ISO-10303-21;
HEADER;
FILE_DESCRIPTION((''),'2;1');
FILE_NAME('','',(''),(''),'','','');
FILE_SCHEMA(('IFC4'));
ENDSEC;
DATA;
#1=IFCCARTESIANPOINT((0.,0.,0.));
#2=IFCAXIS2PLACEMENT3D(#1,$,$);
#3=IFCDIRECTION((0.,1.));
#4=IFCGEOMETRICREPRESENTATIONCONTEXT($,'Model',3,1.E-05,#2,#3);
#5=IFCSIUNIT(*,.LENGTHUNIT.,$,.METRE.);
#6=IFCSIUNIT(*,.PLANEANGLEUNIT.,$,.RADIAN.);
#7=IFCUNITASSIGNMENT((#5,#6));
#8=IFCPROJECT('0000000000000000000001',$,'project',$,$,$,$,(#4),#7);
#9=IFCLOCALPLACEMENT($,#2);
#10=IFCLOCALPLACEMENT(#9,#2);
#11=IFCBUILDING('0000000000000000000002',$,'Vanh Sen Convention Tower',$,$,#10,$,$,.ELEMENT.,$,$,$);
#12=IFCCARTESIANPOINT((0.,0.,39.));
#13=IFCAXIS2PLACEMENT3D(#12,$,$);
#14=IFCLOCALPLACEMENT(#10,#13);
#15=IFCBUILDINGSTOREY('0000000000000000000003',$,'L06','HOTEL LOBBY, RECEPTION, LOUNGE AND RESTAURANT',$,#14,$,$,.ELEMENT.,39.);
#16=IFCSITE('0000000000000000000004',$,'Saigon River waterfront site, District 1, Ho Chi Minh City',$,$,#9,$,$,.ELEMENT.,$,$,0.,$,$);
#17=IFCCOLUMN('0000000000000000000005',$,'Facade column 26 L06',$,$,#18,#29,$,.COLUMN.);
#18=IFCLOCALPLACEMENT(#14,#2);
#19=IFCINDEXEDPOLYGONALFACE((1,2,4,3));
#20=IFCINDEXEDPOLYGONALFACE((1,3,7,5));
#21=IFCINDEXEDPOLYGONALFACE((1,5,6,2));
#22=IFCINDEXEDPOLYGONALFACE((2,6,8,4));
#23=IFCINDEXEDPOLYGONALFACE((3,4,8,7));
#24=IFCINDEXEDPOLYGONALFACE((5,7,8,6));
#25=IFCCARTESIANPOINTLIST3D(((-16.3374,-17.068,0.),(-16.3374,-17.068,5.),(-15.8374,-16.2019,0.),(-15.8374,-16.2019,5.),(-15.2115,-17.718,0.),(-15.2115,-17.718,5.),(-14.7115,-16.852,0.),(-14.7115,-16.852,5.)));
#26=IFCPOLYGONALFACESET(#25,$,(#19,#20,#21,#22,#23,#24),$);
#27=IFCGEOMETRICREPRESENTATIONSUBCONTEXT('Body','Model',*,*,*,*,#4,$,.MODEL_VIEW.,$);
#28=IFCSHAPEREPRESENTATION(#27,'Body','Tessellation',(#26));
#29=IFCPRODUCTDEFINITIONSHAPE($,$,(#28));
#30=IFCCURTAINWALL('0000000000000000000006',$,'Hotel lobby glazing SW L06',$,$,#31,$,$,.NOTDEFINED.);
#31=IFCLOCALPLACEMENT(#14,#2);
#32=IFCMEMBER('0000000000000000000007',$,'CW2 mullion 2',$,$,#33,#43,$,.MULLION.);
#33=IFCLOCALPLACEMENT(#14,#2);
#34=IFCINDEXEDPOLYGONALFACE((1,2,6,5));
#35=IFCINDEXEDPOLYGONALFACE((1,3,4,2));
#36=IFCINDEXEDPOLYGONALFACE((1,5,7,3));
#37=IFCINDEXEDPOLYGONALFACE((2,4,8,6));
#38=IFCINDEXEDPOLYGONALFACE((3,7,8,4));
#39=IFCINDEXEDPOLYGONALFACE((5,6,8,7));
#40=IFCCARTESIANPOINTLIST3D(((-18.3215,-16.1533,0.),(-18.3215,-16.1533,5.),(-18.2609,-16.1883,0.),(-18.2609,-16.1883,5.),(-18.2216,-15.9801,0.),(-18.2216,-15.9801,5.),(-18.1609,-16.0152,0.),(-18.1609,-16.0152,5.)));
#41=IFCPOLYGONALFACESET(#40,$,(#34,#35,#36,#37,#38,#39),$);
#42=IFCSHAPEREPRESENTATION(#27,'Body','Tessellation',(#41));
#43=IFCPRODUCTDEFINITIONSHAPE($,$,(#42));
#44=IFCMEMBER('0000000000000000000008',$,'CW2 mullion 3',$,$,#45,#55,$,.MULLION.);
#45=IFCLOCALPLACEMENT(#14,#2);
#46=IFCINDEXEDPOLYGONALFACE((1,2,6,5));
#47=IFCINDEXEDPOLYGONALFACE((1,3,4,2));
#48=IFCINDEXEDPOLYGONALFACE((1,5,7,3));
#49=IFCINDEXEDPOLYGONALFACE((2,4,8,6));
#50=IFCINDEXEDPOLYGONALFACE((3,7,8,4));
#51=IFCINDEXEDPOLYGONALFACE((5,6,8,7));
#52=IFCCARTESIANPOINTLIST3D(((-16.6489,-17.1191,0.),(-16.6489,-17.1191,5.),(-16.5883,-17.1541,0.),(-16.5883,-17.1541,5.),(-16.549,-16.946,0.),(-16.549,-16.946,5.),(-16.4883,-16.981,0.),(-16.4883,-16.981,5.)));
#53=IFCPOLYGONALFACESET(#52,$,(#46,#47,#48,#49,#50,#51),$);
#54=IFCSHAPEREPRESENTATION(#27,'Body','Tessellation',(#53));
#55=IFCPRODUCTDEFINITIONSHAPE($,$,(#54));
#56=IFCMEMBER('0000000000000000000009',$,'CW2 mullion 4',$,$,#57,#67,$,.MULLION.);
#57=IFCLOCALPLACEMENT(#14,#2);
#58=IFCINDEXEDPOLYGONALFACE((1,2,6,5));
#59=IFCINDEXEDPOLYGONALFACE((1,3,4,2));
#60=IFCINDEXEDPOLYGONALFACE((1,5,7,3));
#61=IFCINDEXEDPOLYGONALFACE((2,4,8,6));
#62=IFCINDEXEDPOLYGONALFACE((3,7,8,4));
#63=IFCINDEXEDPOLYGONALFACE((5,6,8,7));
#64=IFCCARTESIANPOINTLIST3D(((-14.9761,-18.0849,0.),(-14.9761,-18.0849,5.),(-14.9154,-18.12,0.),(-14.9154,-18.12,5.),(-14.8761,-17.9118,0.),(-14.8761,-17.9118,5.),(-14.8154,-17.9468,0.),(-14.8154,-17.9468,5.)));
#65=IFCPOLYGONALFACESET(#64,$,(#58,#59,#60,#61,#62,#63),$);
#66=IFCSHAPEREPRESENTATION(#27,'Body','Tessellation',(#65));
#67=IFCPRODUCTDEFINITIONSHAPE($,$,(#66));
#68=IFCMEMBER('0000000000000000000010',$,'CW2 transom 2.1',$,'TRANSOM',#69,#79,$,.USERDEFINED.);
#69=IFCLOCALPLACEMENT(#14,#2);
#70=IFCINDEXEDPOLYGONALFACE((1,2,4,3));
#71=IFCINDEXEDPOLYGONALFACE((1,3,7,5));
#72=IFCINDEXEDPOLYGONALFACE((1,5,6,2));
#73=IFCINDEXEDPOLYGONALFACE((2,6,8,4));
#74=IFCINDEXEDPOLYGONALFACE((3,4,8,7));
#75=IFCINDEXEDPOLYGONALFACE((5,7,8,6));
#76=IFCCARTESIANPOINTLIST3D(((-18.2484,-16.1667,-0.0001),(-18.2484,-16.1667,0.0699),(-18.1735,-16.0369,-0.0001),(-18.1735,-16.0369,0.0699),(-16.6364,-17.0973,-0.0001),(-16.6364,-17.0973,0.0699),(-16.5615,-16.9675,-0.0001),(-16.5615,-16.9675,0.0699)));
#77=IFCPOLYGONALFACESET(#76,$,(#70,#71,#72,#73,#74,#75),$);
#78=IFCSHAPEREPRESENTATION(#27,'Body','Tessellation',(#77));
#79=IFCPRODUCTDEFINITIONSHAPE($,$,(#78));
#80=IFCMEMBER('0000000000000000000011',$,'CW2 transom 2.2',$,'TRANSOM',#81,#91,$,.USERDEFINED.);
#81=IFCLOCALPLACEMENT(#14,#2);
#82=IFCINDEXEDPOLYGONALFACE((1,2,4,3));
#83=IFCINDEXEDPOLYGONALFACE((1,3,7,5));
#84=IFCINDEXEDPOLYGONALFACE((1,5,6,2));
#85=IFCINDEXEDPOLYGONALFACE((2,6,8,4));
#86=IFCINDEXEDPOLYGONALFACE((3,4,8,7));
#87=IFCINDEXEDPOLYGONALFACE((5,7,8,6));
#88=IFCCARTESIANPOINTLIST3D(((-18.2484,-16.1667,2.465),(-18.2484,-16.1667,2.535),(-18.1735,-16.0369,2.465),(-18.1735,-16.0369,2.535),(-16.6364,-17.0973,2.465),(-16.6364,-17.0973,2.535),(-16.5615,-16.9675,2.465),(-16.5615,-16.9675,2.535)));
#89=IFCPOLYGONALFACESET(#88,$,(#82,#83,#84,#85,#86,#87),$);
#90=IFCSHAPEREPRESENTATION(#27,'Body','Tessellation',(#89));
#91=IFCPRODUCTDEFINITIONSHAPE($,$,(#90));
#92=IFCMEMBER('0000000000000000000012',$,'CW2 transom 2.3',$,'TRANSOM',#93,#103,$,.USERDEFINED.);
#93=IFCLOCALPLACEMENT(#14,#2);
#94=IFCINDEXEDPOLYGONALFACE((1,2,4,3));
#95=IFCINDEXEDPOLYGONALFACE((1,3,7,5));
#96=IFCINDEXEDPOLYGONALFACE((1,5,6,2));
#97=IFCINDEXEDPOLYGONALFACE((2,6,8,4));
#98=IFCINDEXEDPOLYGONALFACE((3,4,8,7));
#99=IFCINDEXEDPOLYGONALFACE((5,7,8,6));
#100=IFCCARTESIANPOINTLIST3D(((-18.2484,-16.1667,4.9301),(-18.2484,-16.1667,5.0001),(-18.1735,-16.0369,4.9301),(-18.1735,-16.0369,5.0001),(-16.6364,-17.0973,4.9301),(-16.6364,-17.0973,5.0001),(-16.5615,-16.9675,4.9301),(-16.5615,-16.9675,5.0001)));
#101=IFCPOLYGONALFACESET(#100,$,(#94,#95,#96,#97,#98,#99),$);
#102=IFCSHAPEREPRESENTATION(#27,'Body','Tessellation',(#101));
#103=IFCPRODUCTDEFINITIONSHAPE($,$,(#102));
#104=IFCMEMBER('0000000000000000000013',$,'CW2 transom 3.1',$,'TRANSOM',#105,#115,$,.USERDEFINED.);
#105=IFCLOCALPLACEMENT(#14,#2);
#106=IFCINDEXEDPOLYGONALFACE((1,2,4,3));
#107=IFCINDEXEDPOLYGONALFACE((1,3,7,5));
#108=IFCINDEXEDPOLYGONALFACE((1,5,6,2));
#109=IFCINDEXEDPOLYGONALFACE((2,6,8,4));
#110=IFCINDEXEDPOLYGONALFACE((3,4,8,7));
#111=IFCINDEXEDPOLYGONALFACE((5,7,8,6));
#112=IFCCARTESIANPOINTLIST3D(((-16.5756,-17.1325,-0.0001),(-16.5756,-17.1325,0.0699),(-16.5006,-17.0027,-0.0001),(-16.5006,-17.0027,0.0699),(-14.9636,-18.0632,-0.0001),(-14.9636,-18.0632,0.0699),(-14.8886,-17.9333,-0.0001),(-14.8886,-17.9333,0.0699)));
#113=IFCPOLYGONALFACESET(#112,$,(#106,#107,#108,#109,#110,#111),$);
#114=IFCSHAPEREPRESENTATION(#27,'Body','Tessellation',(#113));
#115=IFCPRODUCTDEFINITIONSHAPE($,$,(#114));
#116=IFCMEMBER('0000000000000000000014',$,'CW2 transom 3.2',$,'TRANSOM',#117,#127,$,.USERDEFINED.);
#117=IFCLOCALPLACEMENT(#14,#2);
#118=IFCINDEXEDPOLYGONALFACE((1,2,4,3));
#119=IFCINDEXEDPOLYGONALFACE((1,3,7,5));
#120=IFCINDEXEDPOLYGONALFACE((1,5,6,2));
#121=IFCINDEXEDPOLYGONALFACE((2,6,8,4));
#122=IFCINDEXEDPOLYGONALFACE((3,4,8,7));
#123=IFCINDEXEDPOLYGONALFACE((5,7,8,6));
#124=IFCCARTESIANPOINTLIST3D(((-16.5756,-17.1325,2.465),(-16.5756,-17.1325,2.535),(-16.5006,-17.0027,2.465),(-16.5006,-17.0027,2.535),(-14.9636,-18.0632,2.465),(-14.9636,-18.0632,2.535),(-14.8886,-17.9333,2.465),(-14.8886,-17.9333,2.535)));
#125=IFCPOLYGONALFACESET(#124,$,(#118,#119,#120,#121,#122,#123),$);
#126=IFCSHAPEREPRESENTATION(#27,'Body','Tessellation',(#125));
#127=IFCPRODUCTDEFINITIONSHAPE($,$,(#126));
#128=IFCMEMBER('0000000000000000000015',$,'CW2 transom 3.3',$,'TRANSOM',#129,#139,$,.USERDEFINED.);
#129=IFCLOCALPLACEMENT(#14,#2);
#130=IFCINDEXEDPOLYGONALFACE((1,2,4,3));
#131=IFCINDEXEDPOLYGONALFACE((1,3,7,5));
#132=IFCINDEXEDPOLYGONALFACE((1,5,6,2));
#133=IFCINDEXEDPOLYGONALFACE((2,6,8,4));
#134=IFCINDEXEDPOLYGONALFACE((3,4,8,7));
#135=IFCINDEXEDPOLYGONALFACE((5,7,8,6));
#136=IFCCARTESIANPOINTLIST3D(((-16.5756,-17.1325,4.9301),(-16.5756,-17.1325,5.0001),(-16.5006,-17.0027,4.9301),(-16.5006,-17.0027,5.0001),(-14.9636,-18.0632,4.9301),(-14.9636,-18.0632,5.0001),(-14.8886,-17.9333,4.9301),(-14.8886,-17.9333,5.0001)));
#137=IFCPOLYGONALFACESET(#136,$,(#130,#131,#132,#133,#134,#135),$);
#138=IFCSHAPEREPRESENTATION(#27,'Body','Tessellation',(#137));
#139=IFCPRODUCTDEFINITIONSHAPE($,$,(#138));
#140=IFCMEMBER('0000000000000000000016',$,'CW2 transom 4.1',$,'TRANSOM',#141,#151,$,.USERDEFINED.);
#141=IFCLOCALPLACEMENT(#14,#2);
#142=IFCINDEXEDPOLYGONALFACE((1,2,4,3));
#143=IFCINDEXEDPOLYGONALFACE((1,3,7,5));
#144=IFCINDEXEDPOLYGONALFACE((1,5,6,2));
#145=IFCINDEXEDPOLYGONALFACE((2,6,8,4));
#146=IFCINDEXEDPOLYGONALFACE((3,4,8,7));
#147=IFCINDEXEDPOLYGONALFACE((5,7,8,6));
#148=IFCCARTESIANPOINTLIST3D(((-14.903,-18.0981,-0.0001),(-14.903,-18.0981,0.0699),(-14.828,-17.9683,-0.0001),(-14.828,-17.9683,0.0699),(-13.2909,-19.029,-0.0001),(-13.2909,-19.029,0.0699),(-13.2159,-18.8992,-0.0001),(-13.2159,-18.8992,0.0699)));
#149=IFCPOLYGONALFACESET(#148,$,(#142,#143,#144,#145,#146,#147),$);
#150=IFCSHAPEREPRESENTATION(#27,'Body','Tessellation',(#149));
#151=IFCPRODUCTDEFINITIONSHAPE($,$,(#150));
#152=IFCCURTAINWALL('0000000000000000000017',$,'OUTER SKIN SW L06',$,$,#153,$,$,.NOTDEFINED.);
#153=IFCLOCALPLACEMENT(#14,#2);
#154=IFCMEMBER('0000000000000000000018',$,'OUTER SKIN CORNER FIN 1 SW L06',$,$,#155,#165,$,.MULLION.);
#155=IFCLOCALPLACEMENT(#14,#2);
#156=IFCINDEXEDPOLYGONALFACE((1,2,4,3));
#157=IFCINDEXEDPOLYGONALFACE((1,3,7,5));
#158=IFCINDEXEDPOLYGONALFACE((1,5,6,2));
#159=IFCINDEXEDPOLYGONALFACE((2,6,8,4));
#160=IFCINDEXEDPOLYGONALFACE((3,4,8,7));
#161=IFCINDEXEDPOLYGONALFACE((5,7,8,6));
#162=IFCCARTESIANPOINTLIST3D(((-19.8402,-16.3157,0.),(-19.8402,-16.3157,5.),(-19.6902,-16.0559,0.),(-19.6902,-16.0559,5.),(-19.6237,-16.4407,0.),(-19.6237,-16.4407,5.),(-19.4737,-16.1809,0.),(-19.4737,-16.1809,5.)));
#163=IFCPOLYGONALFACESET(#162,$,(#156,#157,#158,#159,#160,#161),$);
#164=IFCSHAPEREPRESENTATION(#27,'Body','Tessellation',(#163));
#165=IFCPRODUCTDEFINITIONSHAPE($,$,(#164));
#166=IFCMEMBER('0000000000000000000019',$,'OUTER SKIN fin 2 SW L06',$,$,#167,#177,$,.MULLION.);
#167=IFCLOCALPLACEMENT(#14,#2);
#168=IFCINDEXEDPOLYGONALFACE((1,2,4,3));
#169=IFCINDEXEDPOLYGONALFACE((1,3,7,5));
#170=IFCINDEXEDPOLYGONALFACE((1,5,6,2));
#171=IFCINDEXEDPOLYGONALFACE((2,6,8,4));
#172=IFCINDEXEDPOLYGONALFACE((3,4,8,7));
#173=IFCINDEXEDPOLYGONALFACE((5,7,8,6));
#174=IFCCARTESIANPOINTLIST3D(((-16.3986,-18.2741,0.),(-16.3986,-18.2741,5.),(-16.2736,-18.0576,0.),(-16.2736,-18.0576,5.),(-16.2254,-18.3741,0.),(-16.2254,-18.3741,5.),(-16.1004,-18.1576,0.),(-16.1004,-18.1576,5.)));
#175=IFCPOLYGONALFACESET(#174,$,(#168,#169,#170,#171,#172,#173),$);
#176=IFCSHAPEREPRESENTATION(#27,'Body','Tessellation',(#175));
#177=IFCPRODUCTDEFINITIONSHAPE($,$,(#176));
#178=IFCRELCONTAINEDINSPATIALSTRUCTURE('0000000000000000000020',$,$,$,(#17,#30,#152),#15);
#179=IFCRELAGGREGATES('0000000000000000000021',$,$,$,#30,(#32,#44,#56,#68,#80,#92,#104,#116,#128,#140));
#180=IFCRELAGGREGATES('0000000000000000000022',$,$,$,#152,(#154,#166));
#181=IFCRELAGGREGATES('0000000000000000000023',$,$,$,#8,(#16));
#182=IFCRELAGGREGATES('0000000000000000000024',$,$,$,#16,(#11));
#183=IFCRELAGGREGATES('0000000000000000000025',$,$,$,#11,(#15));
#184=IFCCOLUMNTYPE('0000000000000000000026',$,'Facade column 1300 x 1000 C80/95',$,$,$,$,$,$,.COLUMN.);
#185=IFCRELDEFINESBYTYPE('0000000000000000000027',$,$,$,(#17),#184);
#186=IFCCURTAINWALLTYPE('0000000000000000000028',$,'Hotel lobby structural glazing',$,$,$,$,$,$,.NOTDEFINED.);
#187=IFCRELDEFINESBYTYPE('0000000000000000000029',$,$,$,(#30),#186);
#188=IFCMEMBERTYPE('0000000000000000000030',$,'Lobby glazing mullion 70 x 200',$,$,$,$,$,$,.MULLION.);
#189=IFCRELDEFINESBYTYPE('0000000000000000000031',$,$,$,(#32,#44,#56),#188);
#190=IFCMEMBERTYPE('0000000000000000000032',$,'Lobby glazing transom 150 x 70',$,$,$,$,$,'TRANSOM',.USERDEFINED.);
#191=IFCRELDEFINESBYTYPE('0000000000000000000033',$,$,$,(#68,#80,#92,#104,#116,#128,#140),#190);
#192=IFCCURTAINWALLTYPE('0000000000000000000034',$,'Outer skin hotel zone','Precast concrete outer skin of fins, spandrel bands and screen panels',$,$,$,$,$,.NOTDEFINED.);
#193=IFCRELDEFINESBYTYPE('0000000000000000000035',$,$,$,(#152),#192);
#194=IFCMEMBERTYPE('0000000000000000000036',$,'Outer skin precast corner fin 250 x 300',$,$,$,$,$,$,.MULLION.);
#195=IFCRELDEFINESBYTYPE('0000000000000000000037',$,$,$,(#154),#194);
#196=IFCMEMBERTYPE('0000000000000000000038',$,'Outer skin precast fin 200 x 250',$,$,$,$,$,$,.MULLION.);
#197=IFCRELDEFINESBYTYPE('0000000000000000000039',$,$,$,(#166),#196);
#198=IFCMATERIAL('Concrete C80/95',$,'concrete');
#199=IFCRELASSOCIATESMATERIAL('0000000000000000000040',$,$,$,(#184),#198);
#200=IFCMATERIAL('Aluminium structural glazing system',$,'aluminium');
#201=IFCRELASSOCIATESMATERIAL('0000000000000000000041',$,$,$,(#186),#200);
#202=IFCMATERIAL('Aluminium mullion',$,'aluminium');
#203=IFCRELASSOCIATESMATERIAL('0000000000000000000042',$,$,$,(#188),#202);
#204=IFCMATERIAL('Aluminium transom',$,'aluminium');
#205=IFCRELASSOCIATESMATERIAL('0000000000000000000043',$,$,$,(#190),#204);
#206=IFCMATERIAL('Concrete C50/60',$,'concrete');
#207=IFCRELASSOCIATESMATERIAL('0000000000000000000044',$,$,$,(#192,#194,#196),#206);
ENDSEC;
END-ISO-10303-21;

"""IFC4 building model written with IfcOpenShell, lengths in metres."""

from ifc_helpers import new_model, si_unit, direction, frame, origin, origin_2d, place, context, subcontext, project, spatial, rectangle, extrude, material, material_profile, profile_set, type_object, element, aggregate, save


model = new_model("IFC4")

# Units and contexts
model_context = context("Model", 3, precision=1e-05, world=origin(), true_north=direction((0.0, 1.0)))
body_context = subcontext(model_context, "Body", "Model", "MODEL_VIEW")
ifc_project = project(units=[si_unit("LENGTHUNIT", "METRE"), si_unit("PLANEANGLEUNIT", "RADIAN")], contexts=[model_context])

# Site, building, storey
site_placement = place(None, origin())
site = spatial("IfcSite", under=ifc_project, at=site_placement, Name="Saigon River waterfront site, District 1, Ho Chi Minh City", CompositionType="ELEMENT", RefElevation=0.0)
building_placement = place(site_placement, origin())
building = spatial("IfcBuilding", under=site, at=building_placement, Name="Vanh Sen Convention Tower", CompositionType="ELEMENT")
storey_placement = place(building_placement, frame((0.0, 0.0, 39.0)))
storey = spatial("IfcBuildingStorey", under=building, at=storey_placement, Name="L06", Description="HOTEL LOBBY, RECEPTION, LOUNGE AND RESTAURANT", CompositionType="ELEMENT", Elevation=39.0)

# Column
ifc_material_1 = material(Name="Concrete C80/95", Category="concrete")
ifc_material_profile_1 = material_profile(ifc_material_1, rectangle(XDim=1.3, YDim=1.0, at=origin_2d()), Name="RC 1300X1000")
ifc_profile_set_1 = profile_set([ifc_material_profile_1], Name="Concrete C80/95")
column_type = type_object("IfcColumnType", Name="Facade column 1300 x 1000 C80/95", PredefinedType="COLUMN", material=ifc_profile_set_1)
column_placement = place(storey_placement, frame((-15.5244, -16.96, 0.0), z_axis=(0.0, 0.0, 1.0), x_axis=(0.866025, -0.5, 0.0)))
element("IfcColumn", 1, at=column_placement, inside=storey, type_object=column_type, Name="Facade column 26 L06", PredefinedType="COLUMN", context=body_context, shape_type="SweptSolid", body=[
    extrude(rectangle(XDim=1.3, YDim=1.0, at=origin_2d()), origin(), (0.0, 0.0, 1.0), 5.0),
])

# Curtain walls, members
ifc_material_2 = material(Name="Aluminium structural glazing system", Category="aluminium")
curtain_wall_type_1 = type_object("IfcCurtainWallType", Name="Hotel lobby structural glazing", PredefinedType="NOTDEFINED", material=ifc_material_2)
curtain_wall_1_placement = place(storey_placement, origin())
curtain_wall_1 = element("IfcCurtainWall", 2, at=curtain_wall_1_placement, inside=storey, type_object=curtain_wall_type_1, Name="Hotel lobby glazing SW L06", PredefinedType="NOTDEFINED")
ifc_material_3 = material(Name="Aluminium mullion", Category="aluminium")
ifc_material_profile_2 = material_profile(ifc_material_3, rectangle(XDim=0.2, YDim=0.0701, at=origin_2d()), Name="Lobby glazing mullion 70 x 200")
ifc_profile_set_2 = profile_set([ifc_material_profile_2], Name="Aluminium mullion")
member_type_1 = type_object("IfcMemberType", Name="Lobby glazing mullion 70 x 200", PredefinedType="MULLION", material=ifc_profile_set_2)
member_1_placement = place(storey_placement, frame((-18.2412, -16.0842, 0.0), z_axis=(0.0, 0.0, 1.0), x_axis=(0.499997, 0.866027, 0.0)))
member_1 = element("IfcMember", 3, at=member_1_placement, type_object=member_type_1, Name="CW2 mullion 2", PredefinedType="MULLION", context=body_context, shape_type="SweptSolid", body=[
    extrude(rectangle(XDim=0.2, YDim=0.0701, at=origin_2d()), origin(), (0.0, 0.0, 1.0), 5.0),
])
member_2_placement = place(storey_placement, frame((-16.5686, -17.05, 0.0), z_axis=(0.0, 0.0, 1.0), x_axis=(0.499997, 0.866027, 0.0)))
member_2 = element("IfcMember", 4, at=member_2_placement, type_object=member_type_1, Name="CW2 mullion 3", PredefinedType="MULLION", context=body_context, shape_type="SweptSolid", body=[
    extrude(rectangle(XDim=0.2, YDim=0.0701, at=origin_2d()), origin(), (0.0, 0.0, 1.0), 5.0),
])
member_3_placement = place(storey_placement, frame((-14.8958, -18.0159, 0.0), z_axis=(0.0, 0.0, 1.0), x_axis=(0.499997, 0.866027, 0.0)))
member_3 = element("IfcMember", 5, at=member_3_placement, type_object=member_type_1, Name="CW2 mullion 4", PredefinedType="MULLION", context=body_context, shape_type="SweptSolid", body=[
    extrude(rectangle(XDim=0.2, YDim=0.0701, at=origin_2d()), origin(), (0.0, 0.0, 1.0), 5.0),
])
ifc_material_4 = material(Name="Aluminium transom", Category="aluminium")
ifc_material_profile_3 = material_profile(ifc_material_4, rectangle(XDim=0.1499, YDim=0.0701, at=origin_2d()), Name="Lobby glazing transom 150 x 70")
ifc_profile_set_3 = profile_set([ifc_material_profile_3], Name="Aluminium transom")
member_type_2 = type_object("IfcMemberType", Name="Lobby glazing transom 150 x 70", ElementType="TRANSOM", PredefinedType="USERDEFINED", material=ifc_profile_set_3)
member_4_placement = place(storey_placement, frame((-18.2109, -16.1018, 0.0349), z_axis=(0.866039, -0.499976, 0.0), x_axis=(0.499976, 0.866039, 0.0)))
member_4 = element("IfcMember", 6, at=member_4_placement, type_object=member_type_2, Name="CW2 transom 2.1", ObjectType="TRANSOM", PredefinedType="USERDEFINED", context=body_context, shape_type="SweptSolid", body=[
    extrude(rectangle(XDim=0.1499, YDim=0.0701, at=origin_2d()), origin(), (0.0, 0.0, 1.0), 1.8613),
])
member_5_placement = place(storey_placement, frame((-18.2109, -16.1018, 2.5), z_axis=(0.866039, -0.499976, 0.0), x_axis=(0.499976, 0.866039, 0.0)))
member_5 = element("IfcMember", 7, at=member_5_placement, type_object=member_type_2, Name="CW2 transom 2.2", ObjectType="TRANSOM", PredefinedType="USERDEFINED", context=body_context, shape_type="SweptSolid", body=[
    extrude(rectangle(XDim=0.1499, YDim=0.0701, at=origin_2d()), origin(), (0.0, 0.0, 1.0), 1.8613),
])
member_6_placement = place(storey_placement, frame((-18.2109, -16.1018, 4.9651), z_axis=(0.866039, -0.499976, 0.0), x_axis=(0.499976, 0.866039, 0.0)))
member_6 = element("IfcMember", 8, at=member_6_placement, type_object=member_type_2, Name="CW2 transom 2.3", ObjectType="TRANSOM", PredefinedType="USERDEFINED", context=body_context, shape_type="SweptSolid", body=[
    extrude(rectangle(XDim=0.1499, YDim=0.0701, at=origin_2d()), origin(), (0.0, 0.0, 1.0), 1.8613),
])
member_7_placement = place(storey_placement, frame((-16.5381, -17.0676, 0.0349), z_axis=(0.866039, -0.499976, 0.0), x_axis=(0.499976, 0.866039, 0.0)))
member_7 = element("IfcMember", 9, at=member_7_placement, type_object=member_type_2, Name="CW2 transom 3.1", ObjectType="TRANSOM", PredefinedType="USERDEFINED", context=body_context, shape_type="SweptSolid", body=[
    extrude(rectangle(XDim=0.1499, YDim=0.0701, at=origin_2d()), origin(), (0.0, 0.0, 1.0), 1.8613),
])
member_8_placement = place(storey_placement, frame((-16.5381, -17.0676, 2.5), z_axis=(0.866039, -0.499976, 0.0), x_axis=(0.499976, 0.866039, 0.0)))
member_8 = element("IfcMember", 10, at=member_8_placement, type_object=member_type_2, Name="CW2 transom 3.2", ObjectType="TRANSOM", PredefinedType="USERDEFINED", context=body_context, shape_type="SweptSolid", body=[
    extrude(rectangle(XDim=0.1499, YDim=0.0701, at=origin_2d()), origin(), (0.0, 0.0, 1.0), 1.8613),
])
member_9_placement = place(storey_placement, frame((-16.5381, -17.0676, 4.9651), z_axis=(0.866039, -0.499976, 0.0), x_axis=(0.499976, 0.866039, 0.0)))
member_9 = element("IfcMember", 11, at=member_9_placement, type_object=member_type_2, Name="CW2 transom 3.3", ObjectType="TRANSOM", PredefinedType="USERDEFINED", context=body_context, shape_type="SweptSolid", body=[
    extrude(rectangle(XDim=0.1499, YDim=0.0701, at=origin_2d()), origin(), (0.0, 0.0, 1.0), 1.8613),
])
member_10_placement = place(storey_placement, frame((-14.8655, -18.0332, 0.0349), z_axis=(0.865982, -0.500074, 0.0), x_axis=(0.500074, 0.865982, 0.0)))
member_10 = element("IfcMember", 12, at=member_10_placement, type_object=member_type_2, Name="CW2 transom 4.1", ObjectType="TRANSOM", PredefinedType="USERDEFINED", context=body_context, shape_type="SweptSolid", body=[
    extrude(rectangle(XDim=0.1499, YDim=0.0701, at=origin_2d()), origin(), (0.0, 0.0, 1.0), 1.8616),
])
ifc_material_5 = material(Name="Concrete C50/60", Category="concrete")
curtain_wall_type_2 = type_object("IfcCurtainWallType", Name="Outer skin hotel zone", Description="Precast concrete outer skin of fins, spandrel bands and screen panels", PredefinedType="NOTDEFINED", material=ifc_material_5)
curtain_wall_2_placement = place(storey_placement, origin())
curtain_wall_2 = element("IfcCurtainWall", 13, at=curtain_wall_2_placement, inside=storey, type_object=curtain_wall_type_2, Name="OUTER SKIN SW L06", PredefinedType="NOTDEFINED")
ifc_material_profile_4 = material_profile(ifc_material_5, rectangle(XDim=0.25, YDim=0.3, at=origin_2d()), Name="Outer skin precast corner fin 250 x 300")
ifc_profile_set_4 = profile_set([ifc_material_profile_4], Name="Concrete C50/60")
member_type_3 = type_object("IfcMemberType", Name="Outer skin precast corner fin 250 x 300", PredefinedType="MULLION", material=ifc_profile_set_4)
member_11_placement = place(storey_placement, frame((-19.657, -16.2483, 0.0), z_axis=(0.0, 0.0, 1.0), x_axis=(0.866025, -0.5, 0.0)))
member_11 = element("IfcMember", 14, at=member_11_placement, type_object=member_type_3, Name="OUTER SKIN CORNER FIN 1 SW L06", PredefinedType="MULLION", context=body_context, shape_type="SweptSolid", body=[
    extrude(rectangle(XDim=0.25, YDim=0.3, at=origin_2d()), origin(), (0.0, 0.0, 1.0), 5.0),
])
ifc_material_profile_5 = material_profile(ifc_material_5, rectangle(XDim=0.2, YDim=0.25, at=origin_2d()), Name="Outer skin precast fin 200 x 250")
ifc_profile_set_5 = profile_set([ifc_material_profile_5], Name="Concrete C50/60")
member_type_4 = type_object("IfcMemberType", Name="Outer skin precast fin 200 x 250", PredefinedType="MULLION", material=ifc_profile_set_5)
member_12_placement = place(storey_placement, frame((-16.2495, -18.2158, 0.0), z_axis=(0.0, 0.0, 1.0), x_axis=(0.866025, -0.5, 0.0)))
member_12 = element("IfcMember", 15, at=member_12_placement, type_object=member_type_4, Name="OUTER SKIN fin 2 SW L06", PredefinedType="MULLION", context=body_context, shape_type="SweptSolid", body=[
    extrude(rectangle(XDim=0.2, YDim=0.25, at=origin_2d()), origin(), (0.0, 0.0, 1.0), 5.0),
])

aggregate(curtain_wall_1, [member_1, member_2, member_3, member_4, member_5, member_6, member_7, member_8, member_9, member_10])
aggregate(curtain_wall_2, [member_11, member_12])

save(model, "model.ifc")
